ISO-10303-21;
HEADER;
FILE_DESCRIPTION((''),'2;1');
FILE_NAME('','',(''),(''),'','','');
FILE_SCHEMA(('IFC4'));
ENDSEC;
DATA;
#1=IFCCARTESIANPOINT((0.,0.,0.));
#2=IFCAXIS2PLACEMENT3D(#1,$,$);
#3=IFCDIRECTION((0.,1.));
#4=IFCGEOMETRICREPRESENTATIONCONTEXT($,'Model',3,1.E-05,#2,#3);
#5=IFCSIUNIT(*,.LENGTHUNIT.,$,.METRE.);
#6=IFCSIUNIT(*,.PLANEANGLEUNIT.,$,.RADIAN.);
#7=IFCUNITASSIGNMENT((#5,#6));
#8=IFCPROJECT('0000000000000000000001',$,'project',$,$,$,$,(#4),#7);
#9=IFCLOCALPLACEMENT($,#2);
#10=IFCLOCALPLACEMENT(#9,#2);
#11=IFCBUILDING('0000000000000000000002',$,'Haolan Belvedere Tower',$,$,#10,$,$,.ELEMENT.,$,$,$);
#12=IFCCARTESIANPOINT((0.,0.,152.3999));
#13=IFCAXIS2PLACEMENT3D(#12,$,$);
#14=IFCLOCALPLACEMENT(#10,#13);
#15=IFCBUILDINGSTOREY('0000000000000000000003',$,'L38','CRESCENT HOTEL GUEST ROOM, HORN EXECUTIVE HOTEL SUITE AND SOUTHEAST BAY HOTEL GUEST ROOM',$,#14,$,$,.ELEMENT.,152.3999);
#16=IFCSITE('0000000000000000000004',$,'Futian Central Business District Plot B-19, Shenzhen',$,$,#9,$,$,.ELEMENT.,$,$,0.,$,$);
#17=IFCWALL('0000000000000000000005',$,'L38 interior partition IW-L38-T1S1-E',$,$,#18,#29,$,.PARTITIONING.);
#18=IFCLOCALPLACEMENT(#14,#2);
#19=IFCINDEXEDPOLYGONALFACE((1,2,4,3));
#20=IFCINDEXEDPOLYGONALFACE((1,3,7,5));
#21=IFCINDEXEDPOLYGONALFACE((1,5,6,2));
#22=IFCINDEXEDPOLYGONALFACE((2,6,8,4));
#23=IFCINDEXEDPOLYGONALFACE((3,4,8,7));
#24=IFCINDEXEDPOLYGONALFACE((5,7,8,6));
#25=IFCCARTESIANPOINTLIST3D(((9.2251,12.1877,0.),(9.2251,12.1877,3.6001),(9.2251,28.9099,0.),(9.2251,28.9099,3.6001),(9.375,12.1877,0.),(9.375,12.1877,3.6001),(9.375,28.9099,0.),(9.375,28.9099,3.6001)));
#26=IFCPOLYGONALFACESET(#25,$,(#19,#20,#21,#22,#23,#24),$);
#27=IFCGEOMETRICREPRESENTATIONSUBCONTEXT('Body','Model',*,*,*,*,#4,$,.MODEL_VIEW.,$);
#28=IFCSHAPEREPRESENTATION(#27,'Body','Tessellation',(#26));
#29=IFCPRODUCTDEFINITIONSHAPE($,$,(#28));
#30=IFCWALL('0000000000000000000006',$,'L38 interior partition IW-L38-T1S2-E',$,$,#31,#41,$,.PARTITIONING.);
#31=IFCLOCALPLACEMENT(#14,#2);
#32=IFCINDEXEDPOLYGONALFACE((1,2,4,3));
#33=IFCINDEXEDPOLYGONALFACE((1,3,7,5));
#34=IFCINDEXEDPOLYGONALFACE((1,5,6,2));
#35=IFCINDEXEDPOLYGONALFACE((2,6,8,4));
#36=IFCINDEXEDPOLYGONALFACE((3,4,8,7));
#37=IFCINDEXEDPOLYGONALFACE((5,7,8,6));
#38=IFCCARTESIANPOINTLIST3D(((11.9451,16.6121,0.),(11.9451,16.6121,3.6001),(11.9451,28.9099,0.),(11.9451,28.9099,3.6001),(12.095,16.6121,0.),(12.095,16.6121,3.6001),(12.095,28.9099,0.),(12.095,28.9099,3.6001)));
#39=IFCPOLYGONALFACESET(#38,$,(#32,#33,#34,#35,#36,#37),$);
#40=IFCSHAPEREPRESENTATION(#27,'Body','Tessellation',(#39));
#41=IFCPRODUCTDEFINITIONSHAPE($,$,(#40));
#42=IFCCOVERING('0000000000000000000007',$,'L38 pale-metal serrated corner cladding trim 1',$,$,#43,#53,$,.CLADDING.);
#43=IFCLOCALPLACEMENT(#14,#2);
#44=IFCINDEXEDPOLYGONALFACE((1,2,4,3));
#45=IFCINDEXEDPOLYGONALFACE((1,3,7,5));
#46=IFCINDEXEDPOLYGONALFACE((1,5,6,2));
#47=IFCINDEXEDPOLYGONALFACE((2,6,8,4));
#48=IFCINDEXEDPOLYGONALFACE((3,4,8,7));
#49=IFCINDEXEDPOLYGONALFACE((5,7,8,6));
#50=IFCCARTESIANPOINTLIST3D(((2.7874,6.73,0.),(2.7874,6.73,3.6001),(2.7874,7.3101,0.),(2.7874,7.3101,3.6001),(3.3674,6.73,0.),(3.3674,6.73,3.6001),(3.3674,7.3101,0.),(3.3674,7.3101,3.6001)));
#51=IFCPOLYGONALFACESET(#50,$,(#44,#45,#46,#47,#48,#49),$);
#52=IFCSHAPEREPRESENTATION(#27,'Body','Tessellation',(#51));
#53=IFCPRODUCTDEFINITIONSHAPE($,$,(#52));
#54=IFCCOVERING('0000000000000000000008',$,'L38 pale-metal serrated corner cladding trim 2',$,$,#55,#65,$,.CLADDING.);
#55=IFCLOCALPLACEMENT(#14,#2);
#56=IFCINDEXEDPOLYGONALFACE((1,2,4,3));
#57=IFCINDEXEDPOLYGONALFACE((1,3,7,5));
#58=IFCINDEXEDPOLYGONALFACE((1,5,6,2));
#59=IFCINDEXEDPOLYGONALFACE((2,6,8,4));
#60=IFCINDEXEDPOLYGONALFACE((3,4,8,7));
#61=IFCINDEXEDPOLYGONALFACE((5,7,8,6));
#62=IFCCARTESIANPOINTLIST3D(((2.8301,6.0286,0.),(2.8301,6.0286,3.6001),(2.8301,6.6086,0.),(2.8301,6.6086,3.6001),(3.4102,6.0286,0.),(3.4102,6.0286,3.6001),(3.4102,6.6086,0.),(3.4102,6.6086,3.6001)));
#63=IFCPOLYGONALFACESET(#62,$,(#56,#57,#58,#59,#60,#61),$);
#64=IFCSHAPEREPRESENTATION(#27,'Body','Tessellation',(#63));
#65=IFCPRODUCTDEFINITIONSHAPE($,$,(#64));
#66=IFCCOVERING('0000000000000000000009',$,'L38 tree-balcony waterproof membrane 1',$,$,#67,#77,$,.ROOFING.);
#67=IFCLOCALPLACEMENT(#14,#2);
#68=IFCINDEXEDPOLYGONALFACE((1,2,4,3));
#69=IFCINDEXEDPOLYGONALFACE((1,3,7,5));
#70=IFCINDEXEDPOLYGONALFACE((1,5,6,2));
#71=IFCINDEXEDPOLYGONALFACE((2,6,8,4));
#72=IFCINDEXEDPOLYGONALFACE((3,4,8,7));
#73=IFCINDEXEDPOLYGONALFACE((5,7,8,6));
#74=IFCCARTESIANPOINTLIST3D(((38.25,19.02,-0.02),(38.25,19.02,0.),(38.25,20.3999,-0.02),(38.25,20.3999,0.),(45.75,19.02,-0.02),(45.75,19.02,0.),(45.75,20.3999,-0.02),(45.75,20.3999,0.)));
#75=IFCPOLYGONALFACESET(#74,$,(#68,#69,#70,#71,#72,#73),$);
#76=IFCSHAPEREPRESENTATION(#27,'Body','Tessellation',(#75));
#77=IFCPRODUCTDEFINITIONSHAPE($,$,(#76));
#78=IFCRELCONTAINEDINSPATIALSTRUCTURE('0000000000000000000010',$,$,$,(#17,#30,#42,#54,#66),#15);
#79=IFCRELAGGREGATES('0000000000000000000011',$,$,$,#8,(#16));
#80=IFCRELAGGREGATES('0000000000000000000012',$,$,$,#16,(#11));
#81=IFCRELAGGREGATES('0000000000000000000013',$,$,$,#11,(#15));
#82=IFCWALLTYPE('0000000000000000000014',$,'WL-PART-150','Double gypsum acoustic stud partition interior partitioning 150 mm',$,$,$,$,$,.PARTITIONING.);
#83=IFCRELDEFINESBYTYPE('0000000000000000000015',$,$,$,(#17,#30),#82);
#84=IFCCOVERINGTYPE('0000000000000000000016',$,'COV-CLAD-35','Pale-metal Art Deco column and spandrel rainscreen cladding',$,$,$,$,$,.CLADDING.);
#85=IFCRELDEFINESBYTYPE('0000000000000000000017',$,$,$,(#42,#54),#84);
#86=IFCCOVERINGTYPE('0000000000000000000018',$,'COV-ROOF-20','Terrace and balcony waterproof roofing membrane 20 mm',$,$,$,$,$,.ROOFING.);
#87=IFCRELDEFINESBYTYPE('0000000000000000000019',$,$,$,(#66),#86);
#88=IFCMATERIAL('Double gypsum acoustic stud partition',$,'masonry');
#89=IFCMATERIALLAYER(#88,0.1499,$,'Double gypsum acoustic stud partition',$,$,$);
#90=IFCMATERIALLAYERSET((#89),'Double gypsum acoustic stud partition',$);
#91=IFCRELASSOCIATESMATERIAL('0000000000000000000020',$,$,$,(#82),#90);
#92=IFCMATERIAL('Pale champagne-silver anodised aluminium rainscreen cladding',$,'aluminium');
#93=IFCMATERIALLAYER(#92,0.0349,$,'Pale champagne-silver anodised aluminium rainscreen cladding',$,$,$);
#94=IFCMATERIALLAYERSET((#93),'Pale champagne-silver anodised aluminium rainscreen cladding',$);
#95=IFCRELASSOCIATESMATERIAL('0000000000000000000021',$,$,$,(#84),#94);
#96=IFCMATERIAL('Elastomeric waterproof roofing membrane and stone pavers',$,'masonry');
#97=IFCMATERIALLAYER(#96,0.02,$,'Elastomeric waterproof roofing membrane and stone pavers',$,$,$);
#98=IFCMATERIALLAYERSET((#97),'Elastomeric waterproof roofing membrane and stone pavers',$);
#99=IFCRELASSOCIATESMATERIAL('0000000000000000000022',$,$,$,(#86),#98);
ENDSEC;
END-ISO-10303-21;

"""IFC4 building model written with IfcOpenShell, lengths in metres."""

from ifc_helpers import new_model, si_unit, direction, frame, frame_2d, origin, origin_2d, place, context, subcontext, project, spatial, polyline, rectangle, outline, extrude, material, layer, layer_set, type_object, element, save


model = new_model("IFC4")

# Units and contexts
model_context = context("Model", 3, precision=1e-05, world=origin(), true_north=direction((0.0, 1.0)))
body_context = subcontext(model_context, "Body", "Model", "MODEL_VIEW")
ifc_project = project(units=[si_unit("LENGTHUNIT", "METRE"), si_unit("PLANEANGLEUNIT", "RADIAN")], contexts=[model_context])

# Site, building, storey
site_placement = place(None, origin())
site = spatial("IfcSite", under=ifc_project, at=site_placement, Name="Futian Central Business District Plot B-19, Shenzhen", CompositionType="ELEMENT", RefElevation=0.0)
building_placement = place(site_placement, origin())
building = spatial("IfcBuilding", under=site, at=building_placement, Name="Haolan Belvedere Tower", CompositionType="ELEMENT")
storey_placement = place(building_placement, frame((0.0, 0.0, 152.3999)))
storey = spatial("IfcBuildingStorey", under=building, at=storey_placement, Name="L38", Description="CRESCENT HOTEL GUEST ROOM, HORN EXECUTIVE HOTEL SUITE AND SOUTHEAST BAY HOTEL GUEST ROOM", CompositionType="ELEMENT", Elevation=152.3999)

# Walls
ifc_material_1 = material(Name="Double gypsum acoustic stud partition", Category="masonry")
ifc_layer_1 = layer(ifc_material_1, 0.1499, Name="Double gypsum acoustic stud partition")
ifc_layer_set_1 = layer_set([ifc_layer_1], Name="Double gypsum acoustic stud partition")
wall_type_1 = type_object("IfcWallType", Name="WL-PART-150", Description="Double gypsum acoustic stud partition interior partitioning 150 mm", PredefinedType="PARTITIONING", material=ifc_layer_set_1)
wall_1_placement = place(storey_placement, frame((9.3, 12.1877, 0.0), z_axis=(0.0, 0.0, 1.0), x_axis=(0.0, 1.0, 0.0)))
element("IfcWall", 1, at=wall_1_placement, inside=storey, type_object=wall_type_1, Name="L38 interior partition IW-L38-T1S1-E", PredefinedType="PARTITIONING", context=body_context, shape_type="SweptSolid", body=[
    extrude(rectangle(XDim=16.7222, YDim=0.1499, at=frame_2d((8.3611, 0.0))), origin(), (0.0, 0.0, 1.0), 3.6001),
])
wall_2_placement = place(storey_placement, frame((12.02, 16.6121, 0.0), z_axis=(0.0, 0.0, 1.0), x_axis=(0.0, 1.0, 0.0)))
element("IfcWall", 2, at=wall_2_placement, inside=storey, type_object=wall_type_1, Name="L38 interior partition IW-L38-T1S2-E", PredefinedType="PARTITIONING", context=body_context, shape_type="SweptSolid", body=[
    extrude(rectangle(XDim=12.2979, YDim=0.1499, at=frame_2d((6.1489, 0.0))), origin(), (0.0, 0.0, 1.0), 3.6001),
])

# Coverings
ifc_material_2 = material(Name="Pale champagne-silver anodised aluminium rainscreen cladding", Category="aluminium")
ifc_layer_2 = layer(ifc_material_2, 0.0349, Name="Pale champagne-silver anodised aluminium rainscreen cladding")
ifc_layer_set_2 = layer_set([ifc_layer_2], Name="Pale champagne-silver anodised aluminium rainscreen cladding")
covering_type_1 = type_object("IfcCoveringType", Name="COV-CLAD-35", Description="Pale-metal Art Deco column and spandrel rainscreen cladding", PredefinedType="CLADDING", material=ifc_layer_set_2)
for number, where, z_axis, x_axis, name in (
    (3, (3.0774, 7.02, 0.0), (0.0, 0.0, 1.0), (1.0, 0.0, 0.0), "L38 pale-metal serrated corner cladding trim 1"),
    (4, (3.1201, 6.3186, 0.0), (0.0, 0.0, 1.0), (1.0, 0.0, 0.0), "L38 pale-metal serrated corner cladding trim 2"),
):
    element("IfcCovering", number, at=place(storey_placement, frame(where, z_axis=z_axis, x_axis=x_axis)), inside=storey, type_object=covering_type_1, Name=name, PredefinedType="CLADDING", context=body_context, shape_type="SweptSolid", body=[
        extrude(rectangle(XDim=0.5801, YDim=0.5801, at=origin_2d()), origin(), (0.0, 0.0, 1.0), 3.6001),
    ])
ifc_material_3 = material(Name="Elastomeric waterproof roofing membrane and stone pavers", Category="masonry")
ifc_layer_3 = layer(ifc_material_3, 0.02, Name="Elastomeric waterproof roofing membrane and stone pavers")
ifc_layer_set_3 = layer_set([ifc_layer_3], Name="Elastomeric waterproof roofing membrane and stone pavers")
covering_type_2 = type_object("IfcCoveringType", Name="COV-ROOF-20", Description="Terrace and balcony waterproof roofing membrane 20 mm", PredefinedType="ROOFING", material=ifc_layer_set_3)
covering_placement = place(storey_placement, frame((0.0, 0.0, -0.02)))
element("IfcCovering", 5, at=covering_placement, inside=storey, type_object=covering_type_2, Name="L38 tree-balcony waterproof membrane 1", PredefinedType="ROOFING", context=body_context, shape_type="SweptSolid", body=[
    extrude(outline(polyline([(38.25, 19.02), (45.75, 19.02), (45.75, 20.3999), (38.25, 20.3999), (38.25, 19.02)])), origin(), (0.0, 0.0, 1.0), 0.02),
])

save(model, "model.ifc")
